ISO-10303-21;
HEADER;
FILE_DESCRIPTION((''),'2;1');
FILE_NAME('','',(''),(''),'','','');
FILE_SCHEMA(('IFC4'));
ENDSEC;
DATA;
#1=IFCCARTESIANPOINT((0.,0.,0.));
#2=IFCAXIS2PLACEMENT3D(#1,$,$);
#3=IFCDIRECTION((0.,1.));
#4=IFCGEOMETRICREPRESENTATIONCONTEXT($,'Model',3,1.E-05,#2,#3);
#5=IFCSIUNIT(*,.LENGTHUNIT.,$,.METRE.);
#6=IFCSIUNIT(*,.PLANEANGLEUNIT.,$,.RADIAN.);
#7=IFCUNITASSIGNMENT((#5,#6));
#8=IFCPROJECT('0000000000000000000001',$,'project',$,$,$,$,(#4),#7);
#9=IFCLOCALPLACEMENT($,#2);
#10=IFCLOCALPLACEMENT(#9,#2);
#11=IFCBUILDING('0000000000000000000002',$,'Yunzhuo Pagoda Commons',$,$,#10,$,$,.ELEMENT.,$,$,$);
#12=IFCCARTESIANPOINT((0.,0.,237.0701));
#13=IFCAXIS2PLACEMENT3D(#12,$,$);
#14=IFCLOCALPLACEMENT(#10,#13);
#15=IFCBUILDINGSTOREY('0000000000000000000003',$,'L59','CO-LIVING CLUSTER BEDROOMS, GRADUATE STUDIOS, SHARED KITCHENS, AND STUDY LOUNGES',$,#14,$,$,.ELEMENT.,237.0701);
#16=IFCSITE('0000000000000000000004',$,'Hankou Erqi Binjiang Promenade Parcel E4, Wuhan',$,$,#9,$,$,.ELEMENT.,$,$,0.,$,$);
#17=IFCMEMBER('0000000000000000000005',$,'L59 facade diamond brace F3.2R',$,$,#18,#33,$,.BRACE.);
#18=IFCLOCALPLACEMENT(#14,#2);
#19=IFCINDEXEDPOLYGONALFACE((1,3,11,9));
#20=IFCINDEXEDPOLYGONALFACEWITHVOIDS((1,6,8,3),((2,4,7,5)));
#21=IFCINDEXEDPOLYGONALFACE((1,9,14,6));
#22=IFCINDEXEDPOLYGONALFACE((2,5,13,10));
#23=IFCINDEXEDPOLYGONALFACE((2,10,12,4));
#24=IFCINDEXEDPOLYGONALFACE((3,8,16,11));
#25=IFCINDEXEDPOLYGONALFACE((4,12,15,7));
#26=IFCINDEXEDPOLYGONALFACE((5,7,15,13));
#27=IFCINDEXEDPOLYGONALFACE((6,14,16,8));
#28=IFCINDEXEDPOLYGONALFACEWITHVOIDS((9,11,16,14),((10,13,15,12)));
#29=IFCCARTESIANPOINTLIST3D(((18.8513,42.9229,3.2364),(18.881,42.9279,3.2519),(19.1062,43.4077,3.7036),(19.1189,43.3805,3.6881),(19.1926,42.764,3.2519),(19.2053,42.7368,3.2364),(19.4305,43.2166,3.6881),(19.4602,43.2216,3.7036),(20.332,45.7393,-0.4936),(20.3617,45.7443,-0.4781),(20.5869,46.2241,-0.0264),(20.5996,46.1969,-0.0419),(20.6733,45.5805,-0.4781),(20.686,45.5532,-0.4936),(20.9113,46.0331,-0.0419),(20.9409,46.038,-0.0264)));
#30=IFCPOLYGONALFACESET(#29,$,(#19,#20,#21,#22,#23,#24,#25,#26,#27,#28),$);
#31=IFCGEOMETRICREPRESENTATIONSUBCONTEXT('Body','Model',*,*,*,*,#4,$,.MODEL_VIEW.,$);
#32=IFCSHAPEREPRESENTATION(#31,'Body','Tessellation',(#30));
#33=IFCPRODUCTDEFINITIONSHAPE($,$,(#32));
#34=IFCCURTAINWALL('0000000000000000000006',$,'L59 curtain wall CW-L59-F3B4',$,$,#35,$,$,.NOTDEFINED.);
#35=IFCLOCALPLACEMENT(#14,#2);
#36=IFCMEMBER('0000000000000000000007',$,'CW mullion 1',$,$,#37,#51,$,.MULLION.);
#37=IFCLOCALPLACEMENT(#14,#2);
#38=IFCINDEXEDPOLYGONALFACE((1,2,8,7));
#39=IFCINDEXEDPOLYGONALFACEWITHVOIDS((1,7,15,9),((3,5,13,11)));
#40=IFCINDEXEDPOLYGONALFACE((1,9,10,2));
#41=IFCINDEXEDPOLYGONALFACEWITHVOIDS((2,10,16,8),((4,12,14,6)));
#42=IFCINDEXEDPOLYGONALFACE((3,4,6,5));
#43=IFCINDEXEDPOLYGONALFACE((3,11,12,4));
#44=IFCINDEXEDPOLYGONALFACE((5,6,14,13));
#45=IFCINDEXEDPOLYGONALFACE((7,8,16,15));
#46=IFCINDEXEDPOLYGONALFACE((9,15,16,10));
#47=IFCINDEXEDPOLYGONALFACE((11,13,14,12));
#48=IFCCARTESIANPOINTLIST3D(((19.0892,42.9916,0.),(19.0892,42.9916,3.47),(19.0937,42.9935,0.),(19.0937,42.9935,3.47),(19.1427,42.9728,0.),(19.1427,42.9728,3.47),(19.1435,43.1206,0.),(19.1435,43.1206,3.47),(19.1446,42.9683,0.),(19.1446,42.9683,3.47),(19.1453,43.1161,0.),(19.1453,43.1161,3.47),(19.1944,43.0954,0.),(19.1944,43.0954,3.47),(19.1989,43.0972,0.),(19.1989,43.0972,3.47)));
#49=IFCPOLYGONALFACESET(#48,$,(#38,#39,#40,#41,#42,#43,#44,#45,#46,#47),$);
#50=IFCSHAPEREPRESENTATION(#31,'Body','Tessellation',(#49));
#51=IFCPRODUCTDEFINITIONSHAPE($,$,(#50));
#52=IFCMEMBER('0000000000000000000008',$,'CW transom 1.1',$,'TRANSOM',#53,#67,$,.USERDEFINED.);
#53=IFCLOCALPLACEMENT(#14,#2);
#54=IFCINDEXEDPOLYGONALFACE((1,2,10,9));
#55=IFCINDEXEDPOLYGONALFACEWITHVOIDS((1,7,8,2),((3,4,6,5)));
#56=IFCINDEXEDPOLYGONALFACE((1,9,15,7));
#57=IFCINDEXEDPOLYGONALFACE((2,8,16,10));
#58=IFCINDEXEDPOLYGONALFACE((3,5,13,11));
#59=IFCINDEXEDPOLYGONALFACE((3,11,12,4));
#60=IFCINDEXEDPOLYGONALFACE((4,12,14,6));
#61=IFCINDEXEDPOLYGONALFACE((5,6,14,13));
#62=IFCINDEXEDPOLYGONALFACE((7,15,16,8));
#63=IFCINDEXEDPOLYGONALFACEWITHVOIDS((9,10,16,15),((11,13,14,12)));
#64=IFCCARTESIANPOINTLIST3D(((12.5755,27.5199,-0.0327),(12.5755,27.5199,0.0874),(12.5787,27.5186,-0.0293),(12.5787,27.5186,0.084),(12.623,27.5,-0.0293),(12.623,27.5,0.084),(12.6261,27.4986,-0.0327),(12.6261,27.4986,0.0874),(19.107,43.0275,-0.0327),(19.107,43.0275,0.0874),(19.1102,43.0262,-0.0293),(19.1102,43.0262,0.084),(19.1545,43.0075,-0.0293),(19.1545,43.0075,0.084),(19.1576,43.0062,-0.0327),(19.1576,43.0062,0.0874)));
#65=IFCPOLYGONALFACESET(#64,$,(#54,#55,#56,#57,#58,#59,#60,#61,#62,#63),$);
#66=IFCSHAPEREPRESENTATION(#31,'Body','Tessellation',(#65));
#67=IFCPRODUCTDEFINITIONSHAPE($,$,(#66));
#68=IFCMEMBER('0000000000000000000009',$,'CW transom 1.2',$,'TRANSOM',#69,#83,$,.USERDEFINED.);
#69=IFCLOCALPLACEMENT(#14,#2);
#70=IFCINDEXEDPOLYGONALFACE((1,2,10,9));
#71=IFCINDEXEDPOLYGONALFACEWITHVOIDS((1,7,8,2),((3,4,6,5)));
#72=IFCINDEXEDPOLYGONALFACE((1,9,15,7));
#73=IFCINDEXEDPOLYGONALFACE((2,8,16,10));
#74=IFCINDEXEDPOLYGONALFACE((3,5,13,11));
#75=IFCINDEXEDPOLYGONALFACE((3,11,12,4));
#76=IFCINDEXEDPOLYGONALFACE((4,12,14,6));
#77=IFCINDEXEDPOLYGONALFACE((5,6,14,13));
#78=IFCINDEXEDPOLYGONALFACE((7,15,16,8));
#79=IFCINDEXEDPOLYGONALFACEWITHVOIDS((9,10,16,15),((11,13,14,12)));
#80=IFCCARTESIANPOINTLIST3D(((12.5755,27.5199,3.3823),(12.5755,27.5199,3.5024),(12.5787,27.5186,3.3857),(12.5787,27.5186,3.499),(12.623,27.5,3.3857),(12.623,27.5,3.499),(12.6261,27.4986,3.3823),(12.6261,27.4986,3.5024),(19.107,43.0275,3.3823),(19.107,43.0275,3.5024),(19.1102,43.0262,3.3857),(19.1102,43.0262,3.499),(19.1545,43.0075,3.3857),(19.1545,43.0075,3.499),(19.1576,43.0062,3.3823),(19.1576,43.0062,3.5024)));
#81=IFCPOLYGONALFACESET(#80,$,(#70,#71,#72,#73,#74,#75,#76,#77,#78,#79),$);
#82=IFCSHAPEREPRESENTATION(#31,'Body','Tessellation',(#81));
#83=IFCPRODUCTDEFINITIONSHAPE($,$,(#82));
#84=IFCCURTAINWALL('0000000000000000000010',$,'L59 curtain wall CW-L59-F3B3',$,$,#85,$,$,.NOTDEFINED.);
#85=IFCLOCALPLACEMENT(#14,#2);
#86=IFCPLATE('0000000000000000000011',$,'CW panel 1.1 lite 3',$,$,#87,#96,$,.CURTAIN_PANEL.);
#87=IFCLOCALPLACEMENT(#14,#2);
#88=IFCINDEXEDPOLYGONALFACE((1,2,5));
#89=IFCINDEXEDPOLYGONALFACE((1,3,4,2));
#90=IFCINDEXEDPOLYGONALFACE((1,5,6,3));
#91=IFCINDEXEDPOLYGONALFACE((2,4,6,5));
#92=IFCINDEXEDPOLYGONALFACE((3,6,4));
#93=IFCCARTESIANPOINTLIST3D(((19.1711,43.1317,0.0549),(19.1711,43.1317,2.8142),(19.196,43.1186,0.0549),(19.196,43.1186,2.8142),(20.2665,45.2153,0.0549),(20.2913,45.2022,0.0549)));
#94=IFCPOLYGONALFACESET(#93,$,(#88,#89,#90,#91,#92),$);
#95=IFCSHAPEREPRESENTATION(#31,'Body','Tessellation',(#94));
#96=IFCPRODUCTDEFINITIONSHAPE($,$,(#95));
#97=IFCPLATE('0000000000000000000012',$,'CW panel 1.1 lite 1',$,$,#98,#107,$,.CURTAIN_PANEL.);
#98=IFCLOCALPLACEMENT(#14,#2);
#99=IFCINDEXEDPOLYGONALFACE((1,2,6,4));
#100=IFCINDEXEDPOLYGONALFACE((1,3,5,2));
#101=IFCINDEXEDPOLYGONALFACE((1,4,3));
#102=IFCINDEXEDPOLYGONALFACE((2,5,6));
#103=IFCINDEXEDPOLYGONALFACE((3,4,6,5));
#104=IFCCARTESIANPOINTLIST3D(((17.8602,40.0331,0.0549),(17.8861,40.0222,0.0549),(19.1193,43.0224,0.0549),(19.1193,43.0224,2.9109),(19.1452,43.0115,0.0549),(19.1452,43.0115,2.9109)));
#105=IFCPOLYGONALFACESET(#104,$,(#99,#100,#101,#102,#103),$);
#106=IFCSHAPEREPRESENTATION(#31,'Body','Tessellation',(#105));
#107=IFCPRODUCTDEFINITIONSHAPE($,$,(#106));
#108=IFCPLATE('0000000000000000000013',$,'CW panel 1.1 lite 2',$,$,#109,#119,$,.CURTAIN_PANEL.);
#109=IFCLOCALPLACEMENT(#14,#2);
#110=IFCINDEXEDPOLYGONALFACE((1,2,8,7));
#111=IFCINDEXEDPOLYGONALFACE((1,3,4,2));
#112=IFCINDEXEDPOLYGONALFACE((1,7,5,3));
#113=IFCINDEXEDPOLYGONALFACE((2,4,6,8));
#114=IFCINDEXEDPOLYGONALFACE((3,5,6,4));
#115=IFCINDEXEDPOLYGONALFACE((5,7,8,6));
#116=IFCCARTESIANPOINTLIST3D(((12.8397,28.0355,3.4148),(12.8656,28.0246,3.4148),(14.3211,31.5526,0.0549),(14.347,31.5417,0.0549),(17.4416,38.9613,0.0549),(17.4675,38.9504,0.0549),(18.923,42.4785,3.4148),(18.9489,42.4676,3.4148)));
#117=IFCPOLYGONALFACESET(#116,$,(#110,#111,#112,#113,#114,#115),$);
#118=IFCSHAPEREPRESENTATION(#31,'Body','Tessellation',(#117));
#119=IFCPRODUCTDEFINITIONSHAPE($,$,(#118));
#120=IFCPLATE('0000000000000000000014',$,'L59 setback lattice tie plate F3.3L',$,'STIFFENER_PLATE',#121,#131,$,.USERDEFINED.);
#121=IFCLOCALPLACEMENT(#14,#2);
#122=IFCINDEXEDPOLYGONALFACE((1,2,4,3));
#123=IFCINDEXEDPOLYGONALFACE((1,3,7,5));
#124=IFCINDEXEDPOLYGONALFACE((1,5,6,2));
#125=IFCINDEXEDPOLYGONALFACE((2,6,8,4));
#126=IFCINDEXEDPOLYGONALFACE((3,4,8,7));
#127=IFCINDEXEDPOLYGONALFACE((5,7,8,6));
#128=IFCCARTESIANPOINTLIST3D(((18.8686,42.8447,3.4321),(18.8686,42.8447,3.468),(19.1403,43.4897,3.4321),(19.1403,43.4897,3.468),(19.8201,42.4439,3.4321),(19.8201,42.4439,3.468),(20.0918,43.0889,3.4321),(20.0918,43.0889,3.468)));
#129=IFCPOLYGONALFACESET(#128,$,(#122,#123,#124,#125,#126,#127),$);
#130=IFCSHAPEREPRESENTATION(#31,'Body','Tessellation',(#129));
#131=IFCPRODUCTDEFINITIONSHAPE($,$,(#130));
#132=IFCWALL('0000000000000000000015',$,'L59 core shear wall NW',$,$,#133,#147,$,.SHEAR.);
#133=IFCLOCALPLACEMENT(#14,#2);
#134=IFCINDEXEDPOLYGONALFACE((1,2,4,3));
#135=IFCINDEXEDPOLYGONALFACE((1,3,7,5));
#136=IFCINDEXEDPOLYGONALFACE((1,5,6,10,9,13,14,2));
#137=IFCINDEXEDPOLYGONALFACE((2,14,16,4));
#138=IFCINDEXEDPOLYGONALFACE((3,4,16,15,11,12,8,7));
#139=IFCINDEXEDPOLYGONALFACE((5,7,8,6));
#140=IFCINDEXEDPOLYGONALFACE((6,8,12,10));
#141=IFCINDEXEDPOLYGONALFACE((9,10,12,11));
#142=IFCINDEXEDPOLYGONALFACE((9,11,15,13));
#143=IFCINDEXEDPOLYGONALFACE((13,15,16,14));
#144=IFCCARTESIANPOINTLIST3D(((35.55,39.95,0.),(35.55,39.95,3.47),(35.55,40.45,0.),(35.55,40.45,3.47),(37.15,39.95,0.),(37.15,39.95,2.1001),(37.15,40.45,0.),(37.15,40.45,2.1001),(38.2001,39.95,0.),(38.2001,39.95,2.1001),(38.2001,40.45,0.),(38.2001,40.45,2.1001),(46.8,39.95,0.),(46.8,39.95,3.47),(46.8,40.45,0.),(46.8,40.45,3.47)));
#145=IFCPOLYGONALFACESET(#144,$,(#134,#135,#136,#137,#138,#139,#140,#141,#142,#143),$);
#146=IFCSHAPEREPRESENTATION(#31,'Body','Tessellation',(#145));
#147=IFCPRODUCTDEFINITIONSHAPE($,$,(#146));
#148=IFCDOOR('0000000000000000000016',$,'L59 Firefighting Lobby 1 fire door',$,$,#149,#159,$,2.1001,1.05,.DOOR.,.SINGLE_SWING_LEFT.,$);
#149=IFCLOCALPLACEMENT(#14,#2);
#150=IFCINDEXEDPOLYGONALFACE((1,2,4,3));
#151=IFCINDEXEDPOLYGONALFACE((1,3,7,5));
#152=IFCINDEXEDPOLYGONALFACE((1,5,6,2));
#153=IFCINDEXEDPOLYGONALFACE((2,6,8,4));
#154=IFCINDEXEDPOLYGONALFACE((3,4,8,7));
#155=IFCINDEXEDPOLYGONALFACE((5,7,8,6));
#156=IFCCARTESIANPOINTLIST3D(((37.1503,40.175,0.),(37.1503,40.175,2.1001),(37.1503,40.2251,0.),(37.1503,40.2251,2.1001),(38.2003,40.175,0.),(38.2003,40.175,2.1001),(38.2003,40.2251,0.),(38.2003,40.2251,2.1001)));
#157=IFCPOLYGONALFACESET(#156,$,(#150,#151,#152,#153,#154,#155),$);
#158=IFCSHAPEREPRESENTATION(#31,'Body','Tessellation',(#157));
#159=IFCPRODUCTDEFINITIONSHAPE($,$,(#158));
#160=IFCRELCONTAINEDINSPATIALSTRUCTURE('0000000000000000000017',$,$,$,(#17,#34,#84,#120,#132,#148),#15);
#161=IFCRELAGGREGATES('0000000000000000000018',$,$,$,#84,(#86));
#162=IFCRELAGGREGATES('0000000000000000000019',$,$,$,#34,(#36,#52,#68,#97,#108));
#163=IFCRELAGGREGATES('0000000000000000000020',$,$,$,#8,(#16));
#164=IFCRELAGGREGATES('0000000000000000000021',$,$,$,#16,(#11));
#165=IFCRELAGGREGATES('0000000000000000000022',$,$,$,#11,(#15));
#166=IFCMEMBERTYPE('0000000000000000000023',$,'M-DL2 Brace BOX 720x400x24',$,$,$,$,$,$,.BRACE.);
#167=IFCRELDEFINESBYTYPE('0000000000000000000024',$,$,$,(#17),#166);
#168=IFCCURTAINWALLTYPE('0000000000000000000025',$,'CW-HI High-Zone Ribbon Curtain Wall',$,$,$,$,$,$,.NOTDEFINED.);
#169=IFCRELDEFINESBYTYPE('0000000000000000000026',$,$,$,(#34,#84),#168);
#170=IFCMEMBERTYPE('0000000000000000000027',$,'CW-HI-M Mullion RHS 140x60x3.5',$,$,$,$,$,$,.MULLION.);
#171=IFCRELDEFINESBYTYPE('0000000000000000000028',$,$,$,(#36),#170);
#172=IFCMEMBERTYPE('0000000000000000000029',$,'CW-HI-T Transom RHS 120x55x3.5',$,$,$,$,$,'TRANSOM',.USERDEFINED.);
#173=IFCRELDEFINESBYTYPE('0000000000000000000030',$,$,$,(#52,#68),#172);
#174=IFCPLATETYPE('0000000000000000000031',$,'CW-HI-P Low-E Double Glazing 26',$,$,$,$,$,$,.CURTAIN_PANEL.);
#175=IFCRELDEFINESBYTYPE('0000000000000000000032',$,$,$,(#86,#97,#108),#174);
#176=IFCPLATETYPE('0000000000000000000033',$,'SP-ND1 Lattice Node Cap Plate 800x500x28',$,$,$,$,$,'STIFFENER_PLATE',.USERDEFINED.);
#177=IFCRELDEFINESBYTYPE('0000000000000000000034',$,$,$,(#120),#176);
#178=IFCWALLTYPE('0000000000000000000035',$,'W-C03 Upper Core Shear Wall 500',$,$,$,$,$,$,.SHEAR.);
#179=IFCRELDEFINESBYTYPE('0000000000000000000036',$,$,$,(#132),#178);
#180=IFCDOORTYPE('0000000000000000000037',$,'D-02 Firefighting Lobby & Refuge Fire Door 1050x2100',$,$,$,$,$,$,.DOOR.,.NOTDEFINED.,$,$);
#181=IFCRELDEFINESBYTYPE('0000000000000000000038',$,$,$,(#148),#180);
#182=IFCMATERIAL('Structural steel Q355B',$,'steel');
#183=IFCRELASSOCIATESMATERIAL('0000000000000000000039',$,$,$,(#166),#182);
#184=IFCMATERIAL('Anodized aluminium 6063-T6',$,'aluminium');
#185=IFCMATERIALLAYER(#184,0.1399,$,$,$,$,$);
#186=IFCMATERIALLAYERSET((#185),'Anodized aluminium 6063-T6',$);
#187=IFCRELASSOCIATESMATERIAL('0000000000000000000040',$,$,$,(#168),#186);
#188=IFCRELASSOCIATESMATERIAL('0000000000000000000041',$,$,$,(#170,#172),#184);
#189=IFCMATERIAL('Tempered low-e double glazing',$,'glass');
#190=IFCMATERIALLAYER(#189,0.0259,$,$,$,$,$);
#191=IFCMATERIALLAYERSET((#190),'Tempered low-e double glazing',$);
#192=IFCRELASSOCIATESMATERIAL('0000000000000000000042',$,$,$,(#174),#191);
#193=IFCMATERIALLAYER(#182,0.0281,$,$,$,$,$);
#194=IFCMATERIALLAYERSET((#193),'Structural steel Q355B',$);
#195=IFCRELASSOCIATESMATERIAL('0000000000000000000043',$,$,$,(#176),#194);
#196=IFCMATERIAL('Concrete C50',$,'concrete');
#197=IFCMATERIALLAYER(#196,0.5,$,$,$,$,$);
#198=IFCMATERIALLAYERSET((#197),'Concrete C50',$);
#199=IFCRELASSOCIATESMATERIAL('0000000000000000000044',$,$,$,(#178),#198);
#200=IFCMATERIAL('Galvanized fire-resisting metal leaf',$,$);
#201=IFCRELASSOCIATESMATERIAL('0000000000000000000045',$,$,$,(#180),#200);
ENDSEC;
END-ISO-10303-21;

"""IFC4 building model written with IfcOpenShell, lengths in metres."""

from ifc_helpers import new_model, si_unit, direction, frame, frame_2d, origin, origin_2d, place, context, subcontext, project, spatial, polyline, rectangle, hollow_rectangle, outline, extrude, source, transform, mapped, material, layer, layer_set, material_profile, profile_set, type_object, element, fill, aggregate, save


model = new_model("IFC4")

# Units and contexts
model_context = context("Model", 3, precision=1e-05, world=origin(), true_north=direction((0.0, 1.0)))
body_context = subcontext(model_context, "Body", "Model", "MODEL_VIEW")
ifc_project = project(units=[si_unit("LENGTHUNIT", "METRE"), si_unit("PLANEANGLEUNIT", "RADIAN")], contexts=[model_context])

# Site, building, storey
site_placement = place(None, origin())
site = spatial("IfcSite", under=ifc_project, at=site_placement, Name="Hankou Erqi Binjiang Promenade Parcel E4, Wuhan", CompositionType="ELEMENT", RefElevation=0.0)
building_placement = place(site_placement, origin())
building = spatial("IfcBuilding", under=site, at=building_placement, Name="Yunzhuo Pagoda Commons", CompositionType="ELEMENT")
storey_placement = place(building_placement, frame((0.0, 0.0, 237.0701)))
storey = spatial("IfcBuildingStorey", under=building, at=storey_placement, Name="L59", Description="CO-LIVING CLUSTER BEDROOMS, GRADUATE STUDIOS, SHARED KITCHENS, AND STUDY LOUNGES", CompositionType="ELEMENT", Elevation=237.0701)

# Shared definitions
ifc_material_1 = material(Name="Structural steel Q355B", Category="steel")

# Member
ifc_material_profile_1 = material_profile(ifc_material_1, hollow_rectangle(XDim=0.3999, YDim=0.72, WallThickness=0.0239, at=origin_2d()), Name="Structural steel Q355B")
ifc_profile_set_1 = profile_set([ifc_material_profile_1], Name="Structural steel Q355B")
member_type_1 = type_object("IfcMemberType", Name="M-DL2 Brace BOX 720x400x24", PredefinedType="BRACE", material=ifc_profile_set_1)
shared_shape_1 = source(origin(), body_context, "Body", "SweptSolid", [
    extrude(hollow_rectangle(XDim=0.3999, YDim=0.72, WallThickness=0.0239, at=origin_2d()), origin(), (0.0, 0.0, 1.0), 4.9028),
])
member_1_placement = place(storey_placement, frame((20.6365, 45.8887, -0.26), z_axis=(-0.302014, -0.574449, 0.760786), x_axis=(0.885126, -0.465351, 0.0)))
element("IfcMember", 1, at=member_1_placement, inside=storey, type_object=member_type_1, Name="L59 facade diamond brace F3.2R", PredefinedType="BRACE", context=body_context, shape_type="MappedRepresentation", body=[
    mapped(shared_shape_1, transform((0.0, 0.0, 0.0), scale=1.0)),
])

# Curtain wall, members
ifc_material_2 = material(Name="Anodized aluminium 6063-T6", Category="aluminium")
ifc_layer_1 = layer(ifc_material_2, 0.1399)
ifc_layer_set_1 = layer_set([ifc_layer_1], Name="Anodized aluminium 6063-T6")
curtain_wall_type = type_object("IfcCurtainWallType", Name="CW-HI High-Zone Ribbon Curtain Wall", PredefinedType="NOTDEFINED", material=ifc_layer_set_1)
curtain_wall_1_placement = place(storey_placement, origin())
curtain_wall_1 = element("IfcCurtainWall", 2, at=curtain_wall_1_placement, inside=storey, type_object=curtain_wall_type, Name="L59 curtain wall CW-L59-F3B4", PredefinedType="NOTDEFINED")
ifc_material_profile_2 = material_profile(ifc_material_2, hollow_rectangle(XDim=0.0601, YDim=0.1399, WallThickness=0.0034, at=origin_2d()), Name="Anodized aluminium 6063-T6")
ifc_profile_set_2 = profile_set([ifc_material_profile_2], Name="Anodized aluminium 6063-T6")
member_type_2 = type_object("IfcMemberType", Name="CW-HI-M Mullion RHS 140x60x3.5", PredefinedType="MULLION", material=ifc_profile_set_2)
shared_shape_2 = source(origin(), body_context, "Body", "SweptSolid", [
    extrude(hollow_rectangle(XDim=0.0601, YDim=0.1399, WallThickness=0.0034, at=origin_2d()), origin(), (0.0, 0.0, 1.0), 3.47),
])
member_2_placement = place(storey_placement, frame((19.144, 43.0444, 0.0), z_axis=(0.0, 0.0, 1.0), x_axis=(0.921589, -0.388167, 0.0)))
member_2 = element("IfcMember", 3, at=member_2_placement, type_object=member_type_2, Name="CW mullion 1", PredefinedType="MULLION", context=body_context, shape_type="MappedRepresentation", body=[
    mapped(shared_shape_2, transform((0.0, 0.0, 0.0), scale=1.0)),
])
ifc_material_profile_3 = material_profile(ifc_material_2, hollow_rectangle(XDim=0.0549, YDim=0.1201, WallThickness=0.0034, at=origin_2d()), Name="Anodized aluminium 6063-T6")
ifc_profile_set_3 = profile_set([ifc_material_profile_3], Name="Anodized aluminium 6063-T6")
member_type_3 = type_object("IfcMemberType", Name="CW-HI-T Transom RHS 120x55x3.5", ElementType="TRANSOM", PredefinedType="USERDEFINED", material=ifc_profile_set_3)
shared_shape_3 = source(origin(), body_context, "Body", "SweptSolid", [
    extrude(hollow_rectangle(XDim=0.0549, YDim=0.1201, WallThickness=0.0034, at=origin_2d()), origin(), (0.0, 0.0, 1.0), 16.8269),
])
member_3_placement = place(storey_placement, frame((19.1323, 43.0168, 0.0273), z_axis=(-0.388158, -0.921593, 0.0), x_axis=(0.921593, -0.388158, 0.0)))
member_3 = element("IfcMember", 4, at=member_3_placement, type_object=member_type_3, Name="CW transom 1.1", ObjectType="TRANSOM", PredefinedType="USERDEFINED", context=body_context, shape_type="MappedRepresentation", body=[
    mapped(shared_shape_3, transform((0.0, 0.0, 0.0), scale=1.0)),
])
member_4_placement = place(storey_placement, frame((19.1323, 43.0168, 3.4424), z_axis=(-0.388158, -0.921593, 0.0), x_axis=(0.921593, -0.388158, 0.0)))
member_4 = element("IfcMember", 5, at=member_4_placement, type_object=member_type_3, Name="CW transom 1.2", ObjectType="TRANSOM", PredefinedType="USERDEFINED", context=body_context, shape_type="MappedRepresentation", body=[
    mapped(shared_shape_3, transform((0.0, 0.0, 0.0), scale=1.0)),
])

# Curtain wall, plate
curtain_wall_2_placement = place(storey_placement, origin())
curtain_wall_2 = element("IfcCurtainWall", 6, at=curtain_wall_2_placement, inside=storey, type_object=curtain_wall_type, Name="L59 curtain wall CW-L59-F3B3", PredefinedType="NOTDEFINED")
ifc_material_3 = material(Name="Tempered low-e double glazing", Category="glass")
ifc_layer_2 = layer(ifc_material_3, 0.0259)
ifc_layer_set_2 = layer_set([ifc_layer_2], Name="Tempered low-e double glazing")
plate_type_1 = type_object("IfcPlateType", Name="CW-HI-P Low-E Double Glazing 26", PredefinedType="CURTAIN_PANEL", material=ifc_layer_set_2)
plate_1_placement = place(storey_placement, frame((19.7437, 44.1604, 1.4346), z_axis=(-0.885138, 0.465329, 0.0), x_axis=(-0.465329, -0.885138, 0.0)))
plate_1 = element("IfcPlate", 7, at=plate_1_placement, type_object=plate_type_1, Name="CW panel 1.1 lite 3", PredefinedType="CURTAIN_PANEL", context=body_context, shape_type="SweptSolid", body=[
    extrude(outline(polyline([(-1.177, -1.3796), (1.177, -1.3796), (1.177, 1.3796), (-1.177, -1.3796)])), origin(), (0.0, 0.0, 1.0), 0.0281),
])
aggregate(curtain_wall_2, [plate_1])

# Plates
plate_2_placement = place(storey_placement, frame((18.5156, 41.5168, 1.4829), z_axis=(-0.921589, 0.388167, 0.0), x_axis=(-0.388167, -0.921589, 0.0)))
plate_2 = element("IfcPlate", 8, at=plate_2_placement, type_object=plate_type_1, Name="CW panel 1.1 lite 1", PredefinedType="CURTAIN_PANEL", context=body_context, shape_type="SweptSolid", body=[
    extrude(outline(polyline([(-1.6218, -1.428), (1.6218, -1.428), (-1.6218, 1.428), (-1.6218, -1.428)])), origin(), (0.0, 0.0, 1.0), 0.0281),
])
plate_3_placement = place(storey_placement, frame((15.9072, 35.2461, 1.7349), z_axis=(-0.921589, 0.388167, 0.0), x_axis=(-0.388167, -0.921589, 0.0)))
plate_3 = element("IfcPlate", 9, at=plate_3_placement, type_object=plate_type_1, Name="CW panel 1.1 lite 2", PredefinedType="CURTAIN_PANEL", context=body_context, shape_type="SweptSolid", body=[
    extrude(outline(polyline([(-7.8359, 1.6799), (-4.0195, -1.6799), (4.0195, -1.6799), (7.8359, 1.6799), (-7.8359, 1.6799)])), origin(), (0.0, 0.0, 1.0), 0.0281),
])
aggregate(curtain_wall_1, [member_2, member_3, member_4, plate_2, plate_3])
ifc_layer_3 = layer(ifc_material_1, 0.0281)
ifc_layer_set_3 = layer_set([ifc_layer_3], Name="Structural steel Q355B")
plate_type_2 = type_object("IfcPlateType", Name="SP-ND1 Lattice Node Cap Plate 800x500x28", ElementType="STIFFENER_PLATE", PredefinedType="USERDEFINED", material=ifc_layer_set_3)
shared_shape_4 = source(origin(), body_context, "Body", "SweptSolid", [
    extrude(rectangle(XDim=0.7, YDim=1.0325, at=origin_2d()), origin(), (0.0, 0.0, 1.0), 0.0359),
])
plate_4_placement = place(storey_placement, frame((19.4802, 42.9668, 3.4321), z_axis=(0.0, 0.0, 1.0), x_axis=(-0.388175, -0.921586, 0.0)))
element("IfcPlate", 10, at=plate_4_placement, inside=storey, type_object=plate_type_2, Name="L59 setback lattice tie plate F3.3L", ObjectType="STIFFENER_PLATE", PredefinedType="USERDEFINED", context=body_context, shape_type="MappedRepresentation", body=[
    mapped(shared_shape_4, transform((0.0, 0.0, 0.0), scale=1.0)),
])

# Wall, opening, door
ifc_material_4 = material(Name="Concrete C50", Category="concrete")
ifc_layer_4 = layer(ifc_material_4, 0.5)
ifc_layer_set_4 = layer_set([ifc_layer_4], Name="Concrete C50")
wall_type_1 = type_object("IfcWallType", Name="W-C03 Upper Core Shear Wall 500", PredefinedType="SHEAR", material=ifc_layer_set_4)
wall_1_placement = place(storey_placement, frame((35.55, 40.2, 0.0), z_axis=(0.0, 0.0, 1.0), x_axis=(1.0, 0.0, 0.0)))
wall_1 = element("IfcWall", 11, at=wall_1_placement, inside=storey, type_object=wall_type_1, Name="L59 core shear wall NW", PredefinedType="SHEAR", context=body_context, shape_type="SweptSolid", body=[
    extrude(rectangle(XDim=11.25, YDim=0.5, at=frame_2d((5.625, 0.0))), origin(), (0.0, 0.0, 1.0), 3.47),
])
opening_1_placement = place(wall_1_placement, frame((1.6001, 0.0, 0.0)))
opening_1 = element("IfcOpeningElement", 12, at=opening_1_placement, cuts=wall_1, PredefinedType="OPENING", context=body_context, shape_type="SweptSolid", body=[
    extrude(rectangle(XDim=1.05, YDim=2.1001, at=frame_2d((0.5249, 1.05))), frame((0.0, 0.26, 0.0), z_axis=(0.0, -1.0, 0.0), x_axis=(1.0, 0.0, 0.0)), (0.0, 0.0, 1.0), 0.52),
])
ifc_material_5 = material(Name="Galvanized fire-resisting metal leaf")
door_type_1 = type_object("IfcDoorType", Name="D-02 Firefighting Lobby & Refuge Fire Door 1050x2100", OperationType="NOTDEFINED", PredefinedType="DOOR", material=ifc_material_5)
shared_shape_5 = source(origin(), body_context, "Body", "SweptSolid", [
    extrude(rectangle(XDim=1.05, YDim=2.1001, at=frame_2d((0.5249, 1.05))), frame((0.0, 0.0249, 0.0), z_axis=(0.0, -1.0, 0.0), x_axis=(1.0, 0.0, 0.0)), (0.0, 0.0, 1.0), 0.05),
])
door_1_placement = place(opening_1_placement, frame((1.05, 0.0, 0.0), z_axis=(0.0, 0.0, 1.0), x_axis=(-1.0, 0.0, 0.0)))
door_1 = element("IfcDoor", 13, at=door_1_placement, inside=storey, type_object=door_type_1, Name="L59 Firefighting Lobby 1 fire door", OperationType="SINGLE_SWING_LEFT", OverallHeight=2.1001, OverallWidth=1.05, PredefinedType="DOOR", context=body_context, shape_type="MappedRepresentation", body=[
    mapped(shared_shape_5, transform((0.0, 0.0, 0.0), scale=1.0)),
])
fill(opening_1, door_1)

save(model, "model.ifc")
